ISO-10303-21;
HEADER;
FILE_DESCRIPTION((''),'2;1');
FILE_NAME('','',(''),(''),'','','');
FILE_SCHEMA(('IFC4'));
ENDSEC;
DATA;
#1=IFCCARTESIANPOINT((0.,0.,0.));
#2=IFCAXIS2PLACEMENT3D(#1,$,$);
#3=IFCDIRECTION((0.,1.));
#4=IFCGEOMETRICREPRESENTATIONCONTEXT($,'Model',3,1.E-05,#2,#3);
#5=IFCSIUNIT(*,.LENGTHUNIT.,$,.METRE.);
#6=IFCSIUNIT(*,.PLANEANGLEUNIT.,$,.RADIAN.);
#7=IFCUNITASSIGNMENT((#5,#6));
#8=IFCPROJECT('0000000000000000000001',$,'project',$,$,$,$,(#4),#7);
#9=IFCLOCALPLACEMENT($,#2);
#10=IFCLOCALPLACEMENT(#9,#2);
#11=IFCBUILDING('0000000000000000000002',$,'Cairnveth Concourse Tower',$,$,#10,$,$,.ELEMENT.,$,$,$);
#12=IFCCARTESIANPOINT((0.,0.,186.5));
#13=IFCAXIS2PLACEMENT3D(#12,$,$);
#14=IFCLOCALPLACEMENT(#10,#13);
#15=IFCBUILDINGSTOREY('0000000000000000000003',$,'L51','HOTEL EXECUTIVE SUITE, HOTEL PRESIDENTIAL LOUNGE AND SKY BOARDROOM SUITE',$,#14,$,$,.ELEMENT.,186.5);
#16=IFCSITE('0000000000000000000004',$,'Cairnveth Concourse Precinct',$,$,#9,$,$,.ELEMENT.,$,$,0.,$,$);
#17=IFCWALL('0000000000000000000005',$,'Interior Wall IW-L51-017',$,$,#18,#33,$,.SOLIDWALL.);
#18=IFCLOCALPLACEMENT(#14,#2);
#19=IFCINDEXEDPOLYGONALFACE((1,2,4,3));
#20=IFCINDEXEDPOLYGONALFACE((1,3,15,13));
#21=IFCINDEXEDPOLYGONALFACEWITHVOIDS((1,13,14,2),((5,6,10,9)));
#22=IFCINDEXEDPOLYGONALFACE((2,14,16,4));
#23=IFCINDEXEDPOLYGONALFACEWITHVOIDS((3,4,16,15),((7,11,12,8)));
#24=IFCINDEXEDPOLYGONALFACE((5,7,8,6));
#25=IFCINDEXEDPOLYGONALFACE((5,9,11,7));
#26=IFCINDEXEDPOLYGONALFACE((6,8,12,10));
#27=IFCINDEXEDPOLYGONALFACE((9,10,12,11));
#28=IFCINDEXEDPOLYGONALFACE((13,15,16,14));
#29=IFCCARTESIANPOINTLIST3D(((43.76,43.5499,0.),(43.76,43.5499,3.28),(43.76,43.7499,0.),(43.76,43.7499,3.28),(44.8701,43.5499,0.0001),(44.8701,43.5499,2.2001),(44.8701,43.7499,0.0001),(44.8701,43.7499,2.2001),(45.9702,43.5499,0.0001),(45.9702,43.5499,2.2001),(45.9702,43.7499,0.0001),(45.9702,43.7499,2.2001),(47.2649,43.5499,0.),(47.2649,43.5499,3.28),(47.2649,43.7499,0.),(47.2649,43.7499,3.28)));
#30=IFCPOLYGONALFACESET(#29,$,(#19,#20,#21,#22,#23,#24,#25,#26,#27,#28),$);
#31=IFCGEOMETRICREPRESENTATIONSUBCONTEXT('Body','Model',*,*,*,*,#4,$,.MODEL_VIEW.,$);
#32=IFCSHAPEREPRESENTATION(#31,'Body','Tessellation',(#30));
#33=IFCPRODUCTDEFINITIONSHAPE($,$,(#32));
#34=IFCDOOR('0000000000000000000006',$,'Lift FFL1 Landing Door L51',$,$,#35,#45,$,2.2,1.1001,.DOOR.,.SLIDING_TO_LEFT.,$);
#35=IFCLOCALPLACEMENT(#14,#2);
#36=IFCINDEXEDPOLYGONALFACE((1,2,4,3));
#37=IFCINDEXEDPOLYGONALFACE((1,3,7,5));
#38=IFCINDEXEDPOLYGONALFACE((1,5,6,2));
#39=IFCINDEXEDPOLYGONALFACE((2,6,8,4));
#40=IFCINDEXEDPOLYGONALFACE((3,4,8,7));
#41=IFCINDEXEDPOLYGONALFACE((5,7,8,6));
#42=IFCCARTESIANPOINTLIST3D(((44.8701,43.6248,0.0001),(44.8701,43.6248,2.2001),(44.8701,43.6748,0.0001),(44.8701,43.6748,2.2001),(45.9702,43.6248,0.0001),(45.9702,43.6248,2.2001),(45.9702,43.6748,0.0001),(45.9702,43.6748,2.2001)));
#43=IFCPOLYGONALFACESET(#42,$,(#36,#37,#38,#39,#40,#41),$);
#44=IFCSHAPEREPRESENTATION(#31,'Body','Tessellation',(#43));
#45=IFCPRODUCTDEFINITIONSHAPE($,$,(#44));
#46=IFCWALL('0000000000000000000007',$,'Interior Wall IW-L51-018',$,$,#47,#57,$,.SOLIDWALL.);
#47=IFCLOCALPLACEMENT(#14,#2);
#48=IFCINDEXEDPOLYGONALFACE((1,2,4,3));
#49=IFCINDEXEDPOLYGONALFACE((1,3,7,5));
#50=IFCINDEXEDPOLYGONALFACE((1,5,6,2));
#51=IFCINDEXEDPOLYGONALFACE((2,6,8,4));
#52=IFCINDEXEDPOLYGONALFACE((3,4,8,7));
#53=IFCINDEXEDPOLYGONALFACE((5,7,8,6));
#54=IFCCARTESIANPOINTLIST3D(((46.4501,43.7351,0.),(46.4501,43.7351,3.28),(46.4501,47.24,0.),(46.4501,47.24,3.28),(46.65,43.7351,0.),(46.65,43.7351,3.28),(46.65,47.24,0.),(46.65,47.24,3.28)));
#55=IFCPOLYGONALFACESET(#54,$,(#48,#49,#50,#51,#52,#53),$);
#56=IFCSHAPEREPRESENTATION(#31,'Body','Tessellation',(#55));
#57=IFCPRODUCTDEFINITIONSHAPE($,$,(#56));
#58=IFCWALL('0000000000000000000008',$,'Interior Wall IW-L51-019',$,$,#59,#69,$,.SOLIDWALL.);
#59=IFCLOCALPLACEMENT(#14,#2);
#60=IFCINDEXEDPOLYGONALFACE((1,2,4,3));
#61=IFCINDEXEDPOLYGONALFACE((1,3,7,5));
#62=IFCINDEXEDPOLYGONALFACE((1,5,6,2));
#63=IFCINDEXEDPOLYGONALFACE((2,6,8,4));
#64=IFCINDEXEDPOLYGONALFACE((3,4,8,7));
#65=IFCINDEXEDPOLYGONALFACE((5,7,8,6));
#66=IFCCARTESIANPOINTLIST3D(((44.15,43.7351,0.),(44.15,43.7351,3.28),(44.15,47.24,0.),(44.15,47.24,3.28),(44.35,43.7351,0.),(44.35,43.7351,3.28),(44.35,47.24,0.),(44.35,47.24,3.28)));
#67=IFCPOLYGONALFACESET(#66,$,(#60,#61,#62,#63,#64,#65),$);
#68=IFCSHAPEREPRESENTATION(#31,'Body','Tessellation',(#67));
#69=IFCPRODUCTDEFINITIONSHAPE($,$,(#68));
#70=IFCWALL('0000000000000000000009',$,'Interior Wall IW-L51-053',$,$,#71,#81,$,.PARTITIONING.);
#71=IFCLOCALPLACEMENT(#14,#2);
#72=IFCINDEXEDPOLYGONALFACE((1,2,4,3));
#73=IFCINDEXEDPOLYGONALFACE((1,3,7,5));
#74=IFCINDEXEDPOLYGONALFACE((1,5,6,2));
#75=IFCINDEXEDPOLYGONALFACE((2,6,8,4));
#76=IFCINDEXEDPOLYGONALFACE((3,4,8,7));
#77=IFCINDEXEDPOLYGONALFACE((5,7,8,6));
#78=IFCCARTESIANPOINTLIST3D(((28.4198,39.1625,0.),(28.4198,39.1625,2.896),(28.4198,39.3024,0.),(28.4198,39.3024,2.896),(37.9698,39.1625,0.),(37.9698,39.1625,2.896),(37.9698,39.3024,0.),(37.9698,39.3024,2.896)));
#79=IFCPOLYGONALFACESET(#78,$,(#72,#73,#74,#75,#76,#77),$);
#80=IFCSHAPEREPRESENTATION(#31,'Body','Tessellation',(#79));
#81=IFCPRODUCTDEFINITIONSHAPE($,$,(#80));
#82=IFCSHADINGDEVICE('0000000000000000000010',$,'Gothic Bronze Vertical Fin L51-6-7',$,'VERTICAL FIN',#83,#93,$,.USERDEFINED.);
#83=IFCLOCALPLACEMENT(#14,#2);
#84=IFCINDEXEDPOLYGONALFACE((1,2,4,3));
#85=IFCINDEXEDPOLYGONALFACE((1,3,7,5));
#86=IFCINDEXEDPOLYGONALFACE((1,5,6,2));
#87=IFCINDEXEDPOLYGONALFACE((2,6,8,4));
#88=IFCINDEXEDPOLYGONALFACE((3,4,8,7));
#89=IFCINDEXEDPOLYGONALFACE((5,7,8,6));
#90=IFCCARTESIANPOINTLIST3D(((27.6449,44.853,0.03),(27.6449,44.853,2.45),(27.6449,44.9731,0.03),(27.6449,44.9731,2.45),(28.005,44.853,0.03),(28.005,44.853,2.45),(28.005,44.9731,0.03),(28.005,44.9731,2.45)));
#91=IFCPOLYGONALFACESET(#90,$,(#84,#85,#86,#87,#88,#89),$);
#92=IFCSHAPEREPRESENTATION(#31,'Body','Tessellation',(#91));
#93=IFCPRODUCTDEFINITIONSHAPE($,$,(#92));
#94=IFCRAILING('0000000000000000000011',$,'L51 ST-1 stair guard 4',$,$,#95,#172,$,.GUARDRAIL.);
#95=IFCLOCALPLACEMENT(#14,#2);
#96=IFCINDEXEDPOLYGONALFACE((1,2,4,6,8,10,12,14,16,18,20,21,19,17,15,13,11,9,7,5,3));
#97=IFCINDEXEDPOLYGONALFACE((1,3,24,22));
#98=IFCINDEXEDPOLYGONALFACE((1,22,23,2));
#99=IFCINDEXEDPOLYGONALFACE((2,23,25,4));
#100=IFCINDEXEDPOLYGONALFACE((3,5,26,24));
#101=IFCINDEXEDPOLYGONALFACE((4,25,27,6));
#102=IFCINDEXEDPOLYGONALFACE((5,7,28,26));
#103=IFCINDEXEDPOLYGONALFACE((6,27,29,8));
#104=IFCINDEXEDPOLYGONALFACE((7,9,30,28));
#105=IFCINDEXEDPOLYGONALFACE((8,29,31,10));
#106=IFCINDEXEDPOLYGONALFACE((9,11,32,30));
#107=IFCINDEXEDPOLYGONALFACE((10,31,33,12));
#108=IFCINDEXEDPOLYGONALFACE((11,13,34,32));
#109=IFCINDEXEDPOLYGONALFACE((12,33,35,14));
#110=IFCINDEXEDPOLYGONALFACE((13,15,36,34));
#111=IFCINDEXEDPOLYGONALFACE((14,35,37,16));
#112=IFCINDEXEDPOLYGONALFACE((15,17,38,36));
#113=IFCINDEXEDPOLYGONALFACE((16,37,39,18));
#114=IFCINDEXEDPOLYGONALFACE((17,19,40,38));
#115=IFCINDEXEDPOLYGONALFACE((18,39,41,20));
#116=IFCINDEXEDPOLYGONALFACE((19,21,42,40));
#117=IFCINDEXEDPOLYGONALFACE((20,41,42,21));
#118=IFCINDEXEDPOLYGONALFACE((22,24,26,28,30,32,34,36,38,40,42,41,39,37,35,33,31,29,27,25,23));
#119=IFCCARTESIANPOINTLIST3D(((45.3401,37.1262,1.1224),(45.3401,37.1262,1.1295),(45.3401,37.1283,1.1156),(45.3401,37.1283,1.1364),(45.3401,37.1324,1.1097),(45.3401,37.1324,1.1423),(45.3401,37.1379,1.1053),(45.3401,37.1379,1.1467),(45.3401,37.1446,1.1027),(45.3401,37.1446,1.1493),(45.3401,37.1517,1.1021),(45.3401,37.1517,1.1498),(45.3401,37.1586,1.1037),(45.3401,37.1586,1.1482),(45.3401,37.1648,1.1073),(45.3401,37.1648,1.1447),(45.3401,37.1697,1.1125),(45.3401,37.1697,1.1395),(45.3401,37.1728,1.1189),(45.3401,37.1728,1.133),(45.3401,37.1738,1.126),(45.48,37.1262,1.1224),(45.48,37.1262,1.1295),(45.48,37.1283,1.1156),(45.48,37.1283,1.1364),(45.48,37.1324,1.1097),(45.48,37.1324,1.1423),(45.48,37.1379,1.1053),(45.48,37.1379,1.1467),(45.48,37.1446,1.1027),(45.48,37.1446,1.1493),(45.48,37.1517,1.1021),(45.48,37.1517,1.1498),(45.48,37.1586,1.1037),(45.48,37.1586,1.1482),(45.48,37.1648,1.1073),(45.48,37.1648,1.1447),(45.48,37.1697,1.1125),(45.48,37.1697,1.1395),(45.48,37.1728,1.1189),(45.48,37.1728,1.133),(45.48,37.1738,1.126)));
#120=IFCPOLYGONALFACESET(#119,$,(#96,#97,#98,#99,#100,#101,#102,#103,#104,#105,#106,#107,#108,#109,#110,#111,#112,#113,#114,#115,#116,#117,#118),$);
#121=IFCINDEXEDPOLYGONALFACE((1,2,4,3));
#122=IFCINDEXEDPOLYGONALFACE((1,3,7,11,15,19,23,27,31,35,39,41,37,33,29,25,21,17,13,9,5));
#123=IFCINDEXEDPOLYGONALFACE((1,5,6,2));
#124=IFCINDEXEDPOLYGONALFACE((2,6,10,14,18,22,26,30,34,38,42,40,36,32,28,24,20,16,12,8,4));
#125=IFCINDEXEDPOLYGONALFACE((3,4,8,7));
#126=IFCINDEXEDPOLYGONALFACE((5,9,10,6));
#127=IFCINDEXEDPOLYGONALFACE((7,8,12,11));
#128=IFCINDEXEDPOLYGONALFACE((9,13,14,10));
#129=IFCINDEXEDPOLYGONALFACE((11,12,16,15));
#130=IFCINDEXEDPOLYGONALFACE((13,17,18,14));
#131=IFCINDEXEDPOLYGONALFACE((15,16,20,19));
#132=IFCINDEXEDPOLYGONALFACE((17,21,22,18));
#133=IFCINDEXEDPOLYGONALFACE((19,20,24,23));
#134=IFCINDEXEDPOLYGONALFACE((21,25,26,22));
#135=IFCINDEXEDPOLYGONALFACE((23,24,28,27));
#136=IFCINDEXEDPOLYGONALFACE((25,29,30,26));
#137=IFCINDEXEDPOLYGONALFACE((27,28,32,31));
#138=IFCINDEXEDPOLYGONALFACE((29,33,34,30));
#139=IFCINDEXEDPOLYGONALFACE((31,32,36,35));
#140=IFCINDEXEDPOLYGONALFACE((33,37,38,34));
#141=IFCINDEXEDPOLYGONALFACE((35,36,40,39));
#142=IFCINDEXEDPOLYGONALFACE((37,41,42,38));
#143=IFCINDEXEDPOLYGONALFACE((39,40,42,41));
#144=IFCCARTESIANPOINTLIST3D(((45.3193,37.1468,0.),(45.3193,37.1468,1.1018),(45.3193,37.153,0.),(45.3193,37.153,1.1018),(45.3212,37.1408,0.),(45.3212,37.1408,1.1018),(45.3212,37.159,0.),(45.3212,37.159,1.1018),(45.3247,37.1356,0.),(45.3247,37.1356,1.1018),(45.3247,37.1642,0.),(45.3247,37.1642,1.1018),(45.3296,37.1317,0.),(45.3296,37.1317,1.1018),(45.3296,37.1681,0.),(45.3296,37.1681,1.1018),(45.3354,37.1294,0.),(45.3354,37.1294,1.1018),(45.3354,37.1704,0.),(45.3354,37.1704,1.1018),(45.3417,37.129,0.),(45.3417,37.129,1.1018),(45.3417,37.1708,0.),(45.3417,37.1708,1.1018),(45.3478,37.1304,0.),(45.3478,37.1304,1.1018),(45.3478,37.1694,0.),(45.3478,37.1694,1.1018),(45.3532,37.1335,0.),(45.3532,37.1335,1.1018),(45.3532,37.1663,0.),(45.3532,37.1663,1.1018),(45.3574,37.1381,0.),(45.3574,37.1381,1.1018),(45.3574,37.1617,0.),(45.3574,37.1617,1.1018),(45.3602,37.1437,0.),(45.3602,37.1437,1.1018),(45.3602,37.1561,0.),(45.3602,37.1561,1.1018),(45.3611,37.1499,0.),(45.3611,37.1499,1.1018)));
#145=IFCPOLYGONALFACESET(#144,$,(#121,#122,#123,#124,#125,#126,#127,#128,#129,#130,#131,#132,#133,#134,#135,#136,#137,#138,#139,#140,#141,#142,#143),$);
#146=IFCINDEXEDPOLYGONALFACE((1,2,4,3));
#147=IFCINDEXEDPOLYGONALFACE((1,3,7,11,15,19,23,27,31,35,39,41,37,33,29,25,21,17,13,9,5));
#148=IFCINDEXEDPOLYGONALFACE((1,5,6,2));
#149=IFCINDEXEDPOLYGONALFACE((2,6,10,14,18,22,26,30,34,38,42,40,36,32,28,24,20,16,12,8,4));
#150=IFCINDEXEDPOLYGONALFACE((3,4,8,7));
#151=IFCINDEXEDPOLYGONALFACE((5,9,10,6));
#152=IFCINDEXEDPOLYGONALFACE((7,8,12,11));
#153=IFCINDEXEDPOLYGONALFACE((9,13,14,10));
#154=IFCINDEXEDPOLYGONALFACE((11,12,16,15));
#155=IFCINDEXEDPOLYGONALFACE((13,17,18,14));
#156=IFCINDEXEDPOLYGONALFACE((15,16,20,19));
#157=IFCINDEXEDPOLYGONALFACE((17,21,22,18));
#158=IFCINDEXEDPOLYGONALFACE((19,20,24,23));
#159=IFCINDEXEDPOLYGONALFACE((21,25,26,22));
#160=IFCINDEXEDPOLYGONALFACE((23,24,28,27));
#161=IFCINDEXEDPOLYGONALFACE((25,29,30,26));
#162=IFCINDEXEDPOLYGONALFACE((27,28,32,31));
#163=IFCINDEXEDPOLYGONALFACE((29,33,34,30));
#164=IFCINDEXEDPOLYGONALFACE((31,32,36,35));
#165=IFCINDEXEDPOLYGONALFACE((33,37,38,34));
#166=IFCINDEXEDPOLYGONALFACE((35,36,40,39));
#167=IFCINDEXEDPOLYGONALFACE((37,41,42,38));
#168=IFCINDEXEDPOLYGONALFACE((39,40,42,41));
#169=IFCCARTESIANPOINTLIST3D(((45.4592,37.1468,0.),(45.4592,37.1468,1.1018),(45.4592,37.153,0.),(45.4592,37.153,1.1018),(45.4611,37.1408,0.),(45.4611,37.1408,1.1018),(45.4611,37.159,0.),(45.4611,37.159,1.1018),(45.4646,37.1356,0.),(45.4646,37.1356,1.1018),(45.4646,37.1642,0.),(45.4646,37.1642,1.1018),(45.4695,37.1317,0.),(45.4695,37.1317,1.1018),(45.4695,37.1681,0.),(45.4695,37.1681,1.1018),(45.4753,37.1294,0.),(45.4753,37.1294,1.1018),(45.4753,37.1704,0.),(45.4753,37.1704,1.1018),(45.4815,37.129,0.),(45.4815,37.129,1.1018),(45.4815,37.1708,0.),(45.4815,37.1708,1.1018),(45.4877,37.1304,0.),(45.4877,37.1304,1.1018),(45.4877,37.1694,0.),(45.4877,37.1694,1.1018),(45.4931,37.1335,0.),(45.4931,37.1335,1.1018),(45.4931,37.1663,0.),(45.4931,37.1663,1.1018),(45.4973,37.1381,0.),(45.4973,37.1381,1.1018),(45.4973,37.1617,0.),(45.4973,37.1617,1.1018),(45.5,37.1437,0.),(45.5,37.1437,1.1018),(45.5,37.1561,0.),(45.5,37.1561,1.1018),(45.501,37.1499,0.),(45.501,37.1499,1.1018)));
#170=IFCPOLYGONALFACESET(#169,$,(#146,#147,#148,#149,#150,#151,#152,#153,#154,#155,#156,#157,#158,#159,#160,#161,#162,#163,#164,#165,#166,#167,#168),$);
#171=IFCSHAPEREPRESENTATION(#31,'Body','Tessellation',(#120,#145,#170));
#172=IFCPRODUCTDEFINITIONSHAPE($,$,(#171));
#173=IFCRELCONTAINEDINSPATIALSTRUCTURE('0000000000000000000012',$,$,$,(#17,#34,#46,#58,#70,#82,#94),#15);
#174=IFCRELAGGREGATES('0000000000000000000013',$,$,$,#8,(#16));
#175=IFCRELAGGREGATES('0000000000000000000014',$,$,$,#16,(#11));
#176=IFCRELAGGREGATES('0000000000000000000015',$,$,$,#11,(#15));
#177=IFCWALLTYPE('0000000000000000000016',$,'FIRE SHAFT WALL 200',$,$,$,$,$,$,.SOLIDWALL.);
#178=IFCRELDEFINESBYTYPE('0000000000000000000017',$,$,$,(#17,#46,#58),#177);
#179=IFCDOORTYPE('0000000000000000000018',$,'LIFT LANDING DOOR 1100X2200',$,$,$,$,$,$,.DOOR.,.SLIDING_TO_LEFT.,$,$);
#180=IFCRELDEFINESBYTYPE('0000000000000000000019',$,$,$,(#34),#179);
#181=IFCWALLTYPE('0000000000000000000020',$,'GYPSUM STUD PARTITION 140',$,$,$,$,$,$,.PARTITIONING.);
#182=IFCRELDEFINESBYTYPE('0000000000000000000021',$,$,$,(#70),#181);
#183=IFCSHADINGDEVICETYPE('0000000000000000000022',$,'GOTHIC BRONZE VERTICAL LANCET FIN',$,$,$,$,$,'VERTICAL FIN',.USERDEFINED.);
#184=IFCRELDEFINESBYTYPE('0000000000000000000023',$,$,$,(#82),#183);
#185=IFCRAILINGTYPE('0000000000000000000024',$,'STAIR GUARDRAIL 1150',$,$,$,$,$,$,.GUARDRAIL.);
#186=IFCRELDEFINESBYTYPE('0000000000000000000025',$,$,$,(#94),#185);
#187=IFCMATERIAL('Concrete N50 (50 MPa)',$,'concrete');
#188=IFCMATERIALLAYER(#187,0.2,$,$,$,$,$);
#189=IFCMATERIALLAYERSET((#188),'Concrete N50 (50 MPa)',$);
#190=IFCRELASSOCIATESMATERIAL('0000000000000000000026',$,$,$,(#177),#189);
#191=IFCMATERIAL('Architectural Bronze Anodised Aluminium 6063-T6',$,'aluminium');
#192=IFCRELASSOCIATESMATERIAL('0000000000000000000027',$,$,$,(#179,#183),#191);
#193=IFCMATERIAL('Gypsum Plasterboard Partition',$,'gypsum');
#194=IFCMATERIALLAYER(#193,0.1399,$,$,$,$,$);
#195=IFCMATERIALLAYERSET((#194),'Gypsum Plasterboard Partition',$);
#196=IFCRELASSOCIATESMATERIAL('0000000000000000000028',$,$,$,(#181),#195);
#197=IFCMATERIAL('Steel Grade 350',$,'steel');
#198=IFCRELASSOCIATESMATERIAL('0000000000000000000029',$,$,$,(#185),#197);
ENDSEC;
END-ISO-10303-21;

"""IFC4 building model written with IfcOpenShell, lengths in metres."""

from ifc_helpers import new_model, si_unit, direction, frame, frame_2d, origin, origin_2d, place, context, subcontext, project, spatial, rectangle, circle, extrude, material, layer, layer_set, type_object, element, fill, save


model = new_model("IFC4")

# Units and contexts
model_context = context("Model", 3, precision=1e-05, world=origin(), true_north=direction((0.0, 1.0)))
body_context = subcontext(model_context, "Body", "Model", "MODEL_VIEW")
ifc_project = project(units=[si_unit("LENGTHUNIT", "METRE"), si_unit("PLANEANGLEUNIT", "RADIAN")], contexts=[model_context])

# Site, building, storey
site_placement = place(None, origin())
site = spatial("IfcSite", under=ifc_project, at=site_placement, Name="Cairnveth Concourse Precinct", CompositionType="ELEMENT", RefElevation=0.0)
building_placement = place(site_placement, origin())
building = spatial("IfcBuilding", under=site, at=building_placement, Name="Cairnveth Concourse Tower", CompositionType="ELEMENT")
storey_placement = place(building_placement, frame((0.0, 0.0, 186.5)))
storey = spatial("IfcBuildingStorey", under=building, at=storey_placement, Name="L51", Description="HOTEL EXECUTIVE SUITE, HOTEL PRESIDENTIAL LOUNGE AND SKY BOARDROOM SUITE", CompositionType="ELEMENT", Elevation=186.5)

# Shared definitions
ifc_material_1 = material(Name="Steel Grade 350", Category="steel")

# Wall, opening, door
ifc_material_2 = material(Name="Concrete N50 (50 MPa)", Category="concrete")
ifc_layer_1 = layer(ifc_material_2, 0.2)
ifc_layer_set_1 = layer_set([ifc_layer_1], Name="Concrete N50 (50 MPa)")
wall_type_1 = type_object("IfcWallType", Name="FIRE SHAFT WALL 200", PredefinedType="SOLIDWALL", material=ifc_layer_set_1)
wall_1_placement = place(storey_placement, frame((43.76, 43.6499, 0.0), z_axis=(0.0, 0.0, 1.0), x_axis=(1.0, 0.0, 0.0)))
wall_1 = element("IfcWall", 1, at=wall_1_placement, inside=storey, type_object=wall_type_1, Name="Interior Wall IW-L51-017", PredefinedType="SOLIDWALL", context=body_context, shape_type="SweptSolid", body=[
    extrude(rectangle(XDim=3.5049, YDim=0.2, at=frame_2d((1.7524, 0.0))), origin(), (0.0, 0.0, 1.0), 3.28),
])
opening_1_placement = place(wall_1_placement, frame((1.1101, 0.0, 0.0)))
opening_1 = element("IfcOpeningElement", 2, at=opening_1_placement, cuts=wall_1, PredefinedType="OPENING", context=body_context, shape_type="SweptSolid", body=[
    extrude(rectangle(XDim=1.1001, YDim=2.2, at=frame_2d((0.55, 1.1001))), frame((0.0, 0.1099, 0.0), z_axis=(0.0, -1.0, 0.0), x_axis=(1.0, 0.0, 0.0)), (0.0, 0.0, 1.0), 0.22),
])
ifc_material_3 = material(Name="Architectural Bronze Anodised Aluminium 6063-T6", Category="aluminium")
door_type_1 = type_object("IfcDoorType", Name="LIFT LANDING DOOR 1100X2200", OperationType="SLIDING_TO_LEFT", PredefinedType="DOOR", material=ifc_material_3)
door_1_placement = place(opening_1_placement, origin())
door_1 = element("IfcDoor", 3, at=door_1_placement, inside=storey, type_object=door_type_1, Name="Lift FFL1 Landing Door L51", OperationType="SLIDING_TO_LEFT", OverallHeight=2.2, OverallWidth=1.1001, PredefinedType="DOOR", context=body_context, shape_type="SweptSolid", body=[
    extrude(rectangle(XDim=1.1001, YDim=2.2, at=frame_2d((0.55, 1.1001))), frame((0.0, 0.0249, 0.0), z_axis=(0.0, -1.0, 0.0), x_axis=(1.0, 0.0, 0.0)), (0.0, 0.0, 1.0), 0.05),
])
fill(opening_1, door_1)

# Walls
for number, where, z_axis, x_axis, name in (
    (4, (46.55, 43.7351, 0.0), (0.0, 0.0, 1.0), (0.0, 1.0, 0.0), "Interior Wall IW-L51-018"),
    (5, (44.25, 43.7351, 0.0), (0.0, 0.0, 1.0), (0.0, 1.0, 0.0), "Interior Wall IW-L51-019"),
):
    element("IfcWall", number, at=place(storey_placement, frame(where, z_axis=z_axis, x_axis=x_axis)), inside=storey, type_object=wall_type_1, Name=name, PredefinedType="SOLIDWALL", context=body_context, shape_type="SweptSolid", body=[
        extrude(rectangle(XDim=3.5049, YDim=0.2, at=frame_2d((1.7524, 0.0))), origin(), (0.0, 0.0, 1.0), 3.28),
    ])
ifc_material_4 = material(Name="Gypsum Plasterboard Partition", Category="gypsum")
ifc_layer_2 = layer(ifc_material_4, 0.1399)
ifc_layer_set_2 = layer_set([ifc_layer_2], Name="Gypsum Plasterboard Partition")
wall_type_2 = type_object("IfcWallType", Name="GYPSUM STUD PARTITION 140", PredefinedType="PARTITIONING", material=ifc_layer_set_2)
wall_2_placement = place(storey_placement, frame((28.4199, 39.2324, 0.0), z_axis=(0.0, 0.0, 1.0), x_axis=(1.0, 0.0, 0.0)))
element("IfcWall", 6, at=wall_2_placement, inside=storey, type_object=wall_type_2, Name="Interior Wall IW-L51-053", PredefinedType="PARTITIONING", context=body_context, shape_type="SweptSolid", body=[
    extrude(rectangle(XDim=9.55, YDim=0.1399, at=frame_2d((4.7749, 0.0))), origin(), (0.0, 0.0, 1.0), 2.896),
])

# Shading device
shading_device_type = type_object("IfcShadingDeviceType", Name="GOTHIC BRONZE VERTICAL LANCET FIN", ElementType="VERTICAL FIN", PredefinedType="USERDEFINED", material=ifc_material_3)
shading_device_placement = place(storey_placement, frame((27.825, 44.9131, 0.03), z_axis=(0.0, 0.0, 1.0), x_axis=(0.0, 1.0, 0.0)))
element("IfcShadingDevice", 7, at=shading_device_placement, inside=storey, type_object=shading_device_type, Name="Gothic Bronze Vertical Fin L51-6-7", ObjectType="VERTICAL FIN", PredefinedType="USERDEFINED", context=body_context, shape_type="SweptSolid", body=[
    extrude(rectangle(XDim=0.1201, YDim=0.3601, at=origin_2d()), origin(), (0.0, 0.0, 1.0), 2.4199),
])

# Railing
railing_type = type_object("IfcRailingType", Name="STAIR GUARDRAIL 1150", PredefinedType="GUARDRAIL", material=ifc_material_1)
railing_placement = place(storey_placement, frame((45.3401, 37.1499, 0.0)))
element("IfcRailing", 8, at=railing_placement, inside=storey, type_object=railing_type, Name="L51 ST-1 stair guard 4", PredefinedType="GUARDRAIL", context=body_context, shape_type="SweptSolid", body=[
    extrude(circle(Radius=0.0239, at=origin_2d()), frame((0.0, 0.0, 1.126), z_axis=(1.0, 0.0, 0.0), x_axis=(0.0, 1.0, 0.0)), (0.0, 0.0, 1.0), 0.1399),
    extrude(circle(Radius=0.021, at=origin_2d()), origin(), (0.0, 0.0, 1.0), 1.1018),
    extrude(circle(Radius=0.021, at=origin_2d()), frame((0.1399, 0.0, 0.0)), (0.0, 0.0, 1.0), 1.1018),
])

save(model, "model.ifc")
